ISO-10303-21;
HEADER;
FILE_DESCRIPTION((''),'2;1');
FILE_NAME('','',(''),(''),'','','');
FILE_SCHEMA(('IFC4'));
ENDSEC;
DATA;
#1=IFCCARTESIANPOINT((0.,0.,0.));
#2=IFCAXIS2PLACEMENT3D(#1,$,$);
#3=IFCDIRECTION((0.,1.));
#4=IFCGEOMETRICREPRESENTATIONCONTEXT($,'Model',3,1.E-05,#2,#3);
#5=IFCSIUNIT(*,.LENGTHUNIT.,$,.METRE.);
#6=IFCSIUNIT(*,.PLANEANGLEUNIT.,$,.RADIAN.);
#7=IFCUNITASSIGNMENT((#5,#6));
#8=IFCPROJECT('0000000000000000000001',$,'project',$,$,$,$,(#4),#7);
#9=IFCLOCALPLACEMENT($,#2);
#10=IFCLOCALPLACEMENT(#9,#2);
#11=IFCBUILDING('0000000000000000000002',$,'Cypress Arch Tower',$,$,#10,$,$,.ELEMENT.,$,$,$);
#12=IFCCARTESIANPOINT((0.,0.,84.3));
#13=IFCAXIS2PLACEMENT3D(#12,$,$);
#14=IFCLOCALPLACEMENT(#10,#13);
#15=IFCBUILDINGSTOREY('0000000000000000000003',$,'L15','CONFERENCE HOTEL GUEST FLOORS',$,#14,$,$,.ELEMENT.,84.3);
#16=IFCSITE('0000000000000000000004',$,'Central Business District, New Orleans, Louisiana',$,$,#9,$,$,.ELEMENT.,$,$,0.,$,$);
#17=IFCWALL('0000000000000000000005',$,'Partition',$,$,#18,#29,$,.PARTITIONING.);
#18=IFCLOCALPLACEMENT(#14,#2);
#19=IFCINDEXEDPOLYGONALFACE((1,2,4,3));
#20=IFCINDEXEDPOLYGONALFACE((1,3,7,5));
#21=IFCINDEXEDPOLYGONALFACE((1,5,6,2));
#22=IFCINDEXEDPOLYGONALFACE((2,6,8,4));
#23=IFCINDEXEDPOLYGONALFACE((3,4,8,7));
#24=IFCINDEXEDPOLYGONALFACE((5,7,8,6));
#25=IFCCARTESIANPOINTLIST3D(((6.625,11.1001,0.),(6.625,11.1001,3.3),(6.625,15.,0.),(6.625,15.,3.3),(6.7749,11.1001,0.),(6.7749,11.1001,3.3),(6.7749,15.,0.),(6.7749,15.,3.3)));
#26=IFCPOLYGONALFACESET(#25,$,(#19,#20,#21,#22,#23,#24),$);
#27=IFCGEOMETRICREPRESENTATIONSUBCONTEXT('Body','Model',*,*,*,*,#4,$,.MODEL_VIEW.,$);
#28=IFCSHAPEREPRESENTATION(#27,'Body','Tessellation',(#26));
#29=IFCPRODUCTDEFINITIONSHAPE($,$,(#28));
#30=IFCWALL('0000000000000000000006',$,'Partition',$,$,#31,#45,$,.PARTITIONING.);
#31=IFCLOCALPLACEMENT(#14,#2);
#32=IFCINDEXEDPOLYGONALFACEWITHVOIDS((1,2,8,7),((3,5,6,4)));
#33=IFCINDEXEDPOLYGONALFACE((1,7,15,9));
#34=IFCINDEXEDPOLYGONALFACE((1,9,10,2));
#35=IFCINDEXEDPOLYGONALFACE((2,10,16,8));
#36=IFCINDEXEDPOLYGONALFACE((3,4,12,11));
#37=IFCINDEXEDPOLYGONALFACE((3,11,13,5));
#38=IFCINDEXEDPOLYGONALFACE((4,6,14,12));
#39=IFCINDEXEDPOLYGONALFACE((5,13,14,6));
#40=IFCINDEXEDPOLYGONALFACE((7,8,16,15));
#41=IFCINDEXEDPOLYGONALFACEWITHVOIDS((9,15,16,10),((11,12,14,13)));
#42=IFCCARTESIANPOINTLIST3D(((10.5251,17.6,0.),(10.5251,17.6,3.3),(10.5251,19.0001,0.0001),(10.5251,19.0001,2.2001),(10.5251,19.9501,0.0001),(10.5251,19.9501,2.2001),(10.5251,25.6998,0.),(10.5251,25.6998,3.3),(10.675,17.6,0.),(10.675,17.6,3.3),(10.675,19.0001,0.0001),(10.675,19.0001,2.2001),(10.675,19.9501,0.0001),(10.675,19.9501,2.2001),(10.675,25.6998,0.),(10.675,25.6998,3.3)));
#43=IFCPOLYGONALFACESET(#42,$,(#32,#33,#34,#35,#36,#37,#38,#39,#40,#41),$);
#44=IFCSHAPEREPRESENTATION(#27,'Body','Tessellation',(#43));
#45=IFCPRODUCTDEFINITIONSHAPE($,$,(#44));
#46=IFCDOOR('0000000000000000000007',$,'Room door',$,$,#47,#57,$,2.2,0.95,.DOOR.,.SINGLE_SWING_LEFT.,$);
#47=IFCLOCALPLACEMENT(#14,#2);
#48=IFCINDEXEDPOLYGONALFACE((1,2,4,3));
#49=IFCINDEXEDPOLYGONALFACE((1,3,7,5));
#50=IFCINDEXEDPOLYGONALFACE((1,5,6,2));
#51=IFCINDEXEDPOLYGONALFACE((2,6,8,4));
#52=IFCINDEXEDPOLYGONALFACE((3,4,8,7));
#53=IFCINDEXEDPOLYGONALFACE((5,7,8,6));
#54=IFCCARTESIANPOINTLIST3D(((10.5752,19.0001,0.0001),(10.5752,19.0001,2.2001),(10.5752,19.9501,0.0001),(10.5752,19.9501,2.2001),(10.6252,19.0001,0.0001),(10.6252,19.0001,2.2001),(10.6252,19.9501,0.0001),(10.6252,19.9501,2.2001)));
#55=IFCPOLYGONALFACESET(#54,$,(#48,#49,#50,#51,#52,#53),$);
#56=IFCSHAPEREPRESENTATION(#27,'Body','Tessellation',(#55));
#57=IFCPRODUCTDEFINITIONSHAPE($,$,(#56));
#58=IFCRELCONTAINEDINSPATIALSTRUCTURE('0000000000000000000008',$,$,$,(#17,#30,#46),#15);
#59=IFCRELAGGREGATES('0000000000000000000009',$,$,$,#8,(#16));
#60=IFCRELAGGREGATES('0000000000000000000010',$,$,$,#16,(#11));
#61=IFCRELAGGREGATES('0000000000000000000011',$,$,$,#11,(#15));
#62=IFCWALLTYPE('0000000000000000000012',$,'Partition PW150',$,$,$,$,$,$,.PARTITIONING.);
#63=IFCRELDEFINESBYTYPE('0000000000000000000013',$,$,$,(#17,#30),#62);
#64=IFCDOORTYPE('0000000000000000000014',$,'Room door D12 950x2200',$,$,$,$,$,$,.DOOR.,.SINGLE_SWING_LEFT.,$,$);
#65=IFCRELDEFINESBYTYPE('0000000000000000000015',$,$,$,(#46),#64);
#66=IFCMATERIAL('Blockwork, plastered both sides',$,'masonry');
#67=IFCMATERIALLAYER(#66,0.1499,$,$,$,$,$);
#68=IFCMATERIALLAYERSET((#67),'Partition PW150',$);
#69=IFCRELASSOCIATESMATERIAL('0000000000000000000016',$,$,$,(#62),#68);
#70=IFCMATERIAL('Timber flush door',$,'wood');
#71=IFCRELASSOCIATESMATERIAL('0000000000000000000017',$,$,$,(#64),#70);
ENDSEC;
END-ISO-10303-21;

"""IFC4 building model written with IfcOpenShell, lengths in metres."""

from ifc_helpers import new_model, si_unit, direction, frame, frame_2d, origin, place, context, subcontext, project, spatial, rectangle, extrude, material, layer, layer_set, type_object, element, fill, save


model = new_model("IFC4")

# Units and contexts
model_context = context("Model", 3, precision=1e-05, world=origin(), true_north=direction((0.0, 1.0)))
body_context = subcontext(model_context, "Body", "Model", "MODEL_VIEW")
ifc_project = project(units=[si_unit("LENGTHUNIT", "METRE"), si_unit("PLANEANGLEUNIT", "RADIAN")], contexts=[model_context])

# Site, building, storey
site_placement = place(None, origin())
site = spatial("IfcSite", under=ifc_project, at=site_placement, Name="Central Business District, New Orleans, Louisiana", CompositionType="ELEMENT", RefElevation=0.0)
building_placement = place(site_placement, origin())
building = spatial("IfcBuilding", under=site, at=building_placement, Name="Cypress Arch Tower", CompositionType="ELEMENT")
storey_placement = place(building_placement, frame((0.0, 0.0, 84.3)))
storey = spatial("IfcBuildingStorey", under=building, at=storey_placement, Name="L15", Description="CONFERENCE HOTEL GUEST FLOORS", CompositionType="ELEMENT", Elevation=84.3)

# Shared definitions
ifc_material_1 = material(Name="Blockwork, plastered both sides", Category="masonry")
ifc_layer_1 = layer(ifc_material_1, 0.1499)
ifc_layer_set_1 = layer_set([ifc_layer_1], Name="Partition PW150")
wall_type_1 = type_object("IfcWallType", Name="Partition PW150", PredefinedType="PARTITIONING", material=ifc_layer_set_1)
ifc_material_2 = material(Name="Timber flush door", Category="wood")
door_type_1 = type_object("IfcDoorType", Name="Room door D12 950x2200", OperationType="SINGLE_SWING_LEFT", PredefinedType="DOOR", material=ifc_material_2)

# Wall
wall_1_placement = place(storey_placement, frame((6.7, 11.1001, 0.0), z_axis=(0.0, 0.0, 1.0), x_axis=(0.0, 1.0, 0.0)))
element("IfcWall", 1, at=wall_1_placement, inside=storey, type_object=wall_type_1, Name="Partition", PredefinedType="PARTITIONING", context=body_context, shape_type="SweptSolid", body=[
    extrude(rectangle(XDim=3.8999, YDim=0.1499, at=frame_2d((1.95, 0.0))), origin(), (0.0, 0.0, 1.0), 3.3),
])

# Wall, opening, door
wall_2_placement = place(storey_placement, frame((10.6001, 17.6001, 0.0), z_axis=(0.0, 0.0, 1.0), x_axis=(0.0, 1.0, 0.0)))
wall_2 = element("IfcWall", 2, at=wall_2_placement, inside=storey, type_object=wall_type_1, Name="Partition", PredefinedType="PARTITIONING", context=body_context, shape_type="SweptSolid", body=[
    extrude(rectangle(XDim=8.0999, YDim=0.1499, at=frame_2d((4.0498, 0.0))), origin(), (0.0, 0.0, 1.0), 3.3),
])
opening_1_placement = place(wall_2_placement, frame((1.3999, 0.0, 0.0)))
opening_1 = element("IfcOpeningElement", 3, at=opening_1_placement, cuts=wall_2, PredefinedType="OPENING", context=body_context, shape_type="SweptSolid", body=[
    extrude(rectangle(XDim=0.95, YDim=2.2, at=frame_2d((0.4751, 1.1001))), frame((0.0, 0.085, 0.0), z_axis=(0.0, -1.0, 0.0), x_axis=(1.0, 0.0, 0.0)), (0.0, 0.0, 1.0), 0.1699),
])
door_1_placement = place(opening_1_placement, origin())
door_1 = element("IfcDoor", 4, at=door_1_placement, inside=storey, type_object=door_type_1, Name="Room door", OperationType="SINGLE_SWING_LEFT", OverallHeight=2.2, OverallWidth=0.95, PredefinedType="DOOR", context=body_context, shape_type="SweptSolid", body=[
    extrude(rectangle(XDim=0.95, YDim=2.2, at=frame_2d((0.4751, 1.1001))), frame((0.0, 0.0249, 0.0), z_axis=(0.0, -1.0, 0.0), x_axis=(1.0, 0.0, 0.0)), (0.0, 0.0, 1.0), 0.05),
])
fill(opening_1, door_1)

save(model, "model.ifc")
